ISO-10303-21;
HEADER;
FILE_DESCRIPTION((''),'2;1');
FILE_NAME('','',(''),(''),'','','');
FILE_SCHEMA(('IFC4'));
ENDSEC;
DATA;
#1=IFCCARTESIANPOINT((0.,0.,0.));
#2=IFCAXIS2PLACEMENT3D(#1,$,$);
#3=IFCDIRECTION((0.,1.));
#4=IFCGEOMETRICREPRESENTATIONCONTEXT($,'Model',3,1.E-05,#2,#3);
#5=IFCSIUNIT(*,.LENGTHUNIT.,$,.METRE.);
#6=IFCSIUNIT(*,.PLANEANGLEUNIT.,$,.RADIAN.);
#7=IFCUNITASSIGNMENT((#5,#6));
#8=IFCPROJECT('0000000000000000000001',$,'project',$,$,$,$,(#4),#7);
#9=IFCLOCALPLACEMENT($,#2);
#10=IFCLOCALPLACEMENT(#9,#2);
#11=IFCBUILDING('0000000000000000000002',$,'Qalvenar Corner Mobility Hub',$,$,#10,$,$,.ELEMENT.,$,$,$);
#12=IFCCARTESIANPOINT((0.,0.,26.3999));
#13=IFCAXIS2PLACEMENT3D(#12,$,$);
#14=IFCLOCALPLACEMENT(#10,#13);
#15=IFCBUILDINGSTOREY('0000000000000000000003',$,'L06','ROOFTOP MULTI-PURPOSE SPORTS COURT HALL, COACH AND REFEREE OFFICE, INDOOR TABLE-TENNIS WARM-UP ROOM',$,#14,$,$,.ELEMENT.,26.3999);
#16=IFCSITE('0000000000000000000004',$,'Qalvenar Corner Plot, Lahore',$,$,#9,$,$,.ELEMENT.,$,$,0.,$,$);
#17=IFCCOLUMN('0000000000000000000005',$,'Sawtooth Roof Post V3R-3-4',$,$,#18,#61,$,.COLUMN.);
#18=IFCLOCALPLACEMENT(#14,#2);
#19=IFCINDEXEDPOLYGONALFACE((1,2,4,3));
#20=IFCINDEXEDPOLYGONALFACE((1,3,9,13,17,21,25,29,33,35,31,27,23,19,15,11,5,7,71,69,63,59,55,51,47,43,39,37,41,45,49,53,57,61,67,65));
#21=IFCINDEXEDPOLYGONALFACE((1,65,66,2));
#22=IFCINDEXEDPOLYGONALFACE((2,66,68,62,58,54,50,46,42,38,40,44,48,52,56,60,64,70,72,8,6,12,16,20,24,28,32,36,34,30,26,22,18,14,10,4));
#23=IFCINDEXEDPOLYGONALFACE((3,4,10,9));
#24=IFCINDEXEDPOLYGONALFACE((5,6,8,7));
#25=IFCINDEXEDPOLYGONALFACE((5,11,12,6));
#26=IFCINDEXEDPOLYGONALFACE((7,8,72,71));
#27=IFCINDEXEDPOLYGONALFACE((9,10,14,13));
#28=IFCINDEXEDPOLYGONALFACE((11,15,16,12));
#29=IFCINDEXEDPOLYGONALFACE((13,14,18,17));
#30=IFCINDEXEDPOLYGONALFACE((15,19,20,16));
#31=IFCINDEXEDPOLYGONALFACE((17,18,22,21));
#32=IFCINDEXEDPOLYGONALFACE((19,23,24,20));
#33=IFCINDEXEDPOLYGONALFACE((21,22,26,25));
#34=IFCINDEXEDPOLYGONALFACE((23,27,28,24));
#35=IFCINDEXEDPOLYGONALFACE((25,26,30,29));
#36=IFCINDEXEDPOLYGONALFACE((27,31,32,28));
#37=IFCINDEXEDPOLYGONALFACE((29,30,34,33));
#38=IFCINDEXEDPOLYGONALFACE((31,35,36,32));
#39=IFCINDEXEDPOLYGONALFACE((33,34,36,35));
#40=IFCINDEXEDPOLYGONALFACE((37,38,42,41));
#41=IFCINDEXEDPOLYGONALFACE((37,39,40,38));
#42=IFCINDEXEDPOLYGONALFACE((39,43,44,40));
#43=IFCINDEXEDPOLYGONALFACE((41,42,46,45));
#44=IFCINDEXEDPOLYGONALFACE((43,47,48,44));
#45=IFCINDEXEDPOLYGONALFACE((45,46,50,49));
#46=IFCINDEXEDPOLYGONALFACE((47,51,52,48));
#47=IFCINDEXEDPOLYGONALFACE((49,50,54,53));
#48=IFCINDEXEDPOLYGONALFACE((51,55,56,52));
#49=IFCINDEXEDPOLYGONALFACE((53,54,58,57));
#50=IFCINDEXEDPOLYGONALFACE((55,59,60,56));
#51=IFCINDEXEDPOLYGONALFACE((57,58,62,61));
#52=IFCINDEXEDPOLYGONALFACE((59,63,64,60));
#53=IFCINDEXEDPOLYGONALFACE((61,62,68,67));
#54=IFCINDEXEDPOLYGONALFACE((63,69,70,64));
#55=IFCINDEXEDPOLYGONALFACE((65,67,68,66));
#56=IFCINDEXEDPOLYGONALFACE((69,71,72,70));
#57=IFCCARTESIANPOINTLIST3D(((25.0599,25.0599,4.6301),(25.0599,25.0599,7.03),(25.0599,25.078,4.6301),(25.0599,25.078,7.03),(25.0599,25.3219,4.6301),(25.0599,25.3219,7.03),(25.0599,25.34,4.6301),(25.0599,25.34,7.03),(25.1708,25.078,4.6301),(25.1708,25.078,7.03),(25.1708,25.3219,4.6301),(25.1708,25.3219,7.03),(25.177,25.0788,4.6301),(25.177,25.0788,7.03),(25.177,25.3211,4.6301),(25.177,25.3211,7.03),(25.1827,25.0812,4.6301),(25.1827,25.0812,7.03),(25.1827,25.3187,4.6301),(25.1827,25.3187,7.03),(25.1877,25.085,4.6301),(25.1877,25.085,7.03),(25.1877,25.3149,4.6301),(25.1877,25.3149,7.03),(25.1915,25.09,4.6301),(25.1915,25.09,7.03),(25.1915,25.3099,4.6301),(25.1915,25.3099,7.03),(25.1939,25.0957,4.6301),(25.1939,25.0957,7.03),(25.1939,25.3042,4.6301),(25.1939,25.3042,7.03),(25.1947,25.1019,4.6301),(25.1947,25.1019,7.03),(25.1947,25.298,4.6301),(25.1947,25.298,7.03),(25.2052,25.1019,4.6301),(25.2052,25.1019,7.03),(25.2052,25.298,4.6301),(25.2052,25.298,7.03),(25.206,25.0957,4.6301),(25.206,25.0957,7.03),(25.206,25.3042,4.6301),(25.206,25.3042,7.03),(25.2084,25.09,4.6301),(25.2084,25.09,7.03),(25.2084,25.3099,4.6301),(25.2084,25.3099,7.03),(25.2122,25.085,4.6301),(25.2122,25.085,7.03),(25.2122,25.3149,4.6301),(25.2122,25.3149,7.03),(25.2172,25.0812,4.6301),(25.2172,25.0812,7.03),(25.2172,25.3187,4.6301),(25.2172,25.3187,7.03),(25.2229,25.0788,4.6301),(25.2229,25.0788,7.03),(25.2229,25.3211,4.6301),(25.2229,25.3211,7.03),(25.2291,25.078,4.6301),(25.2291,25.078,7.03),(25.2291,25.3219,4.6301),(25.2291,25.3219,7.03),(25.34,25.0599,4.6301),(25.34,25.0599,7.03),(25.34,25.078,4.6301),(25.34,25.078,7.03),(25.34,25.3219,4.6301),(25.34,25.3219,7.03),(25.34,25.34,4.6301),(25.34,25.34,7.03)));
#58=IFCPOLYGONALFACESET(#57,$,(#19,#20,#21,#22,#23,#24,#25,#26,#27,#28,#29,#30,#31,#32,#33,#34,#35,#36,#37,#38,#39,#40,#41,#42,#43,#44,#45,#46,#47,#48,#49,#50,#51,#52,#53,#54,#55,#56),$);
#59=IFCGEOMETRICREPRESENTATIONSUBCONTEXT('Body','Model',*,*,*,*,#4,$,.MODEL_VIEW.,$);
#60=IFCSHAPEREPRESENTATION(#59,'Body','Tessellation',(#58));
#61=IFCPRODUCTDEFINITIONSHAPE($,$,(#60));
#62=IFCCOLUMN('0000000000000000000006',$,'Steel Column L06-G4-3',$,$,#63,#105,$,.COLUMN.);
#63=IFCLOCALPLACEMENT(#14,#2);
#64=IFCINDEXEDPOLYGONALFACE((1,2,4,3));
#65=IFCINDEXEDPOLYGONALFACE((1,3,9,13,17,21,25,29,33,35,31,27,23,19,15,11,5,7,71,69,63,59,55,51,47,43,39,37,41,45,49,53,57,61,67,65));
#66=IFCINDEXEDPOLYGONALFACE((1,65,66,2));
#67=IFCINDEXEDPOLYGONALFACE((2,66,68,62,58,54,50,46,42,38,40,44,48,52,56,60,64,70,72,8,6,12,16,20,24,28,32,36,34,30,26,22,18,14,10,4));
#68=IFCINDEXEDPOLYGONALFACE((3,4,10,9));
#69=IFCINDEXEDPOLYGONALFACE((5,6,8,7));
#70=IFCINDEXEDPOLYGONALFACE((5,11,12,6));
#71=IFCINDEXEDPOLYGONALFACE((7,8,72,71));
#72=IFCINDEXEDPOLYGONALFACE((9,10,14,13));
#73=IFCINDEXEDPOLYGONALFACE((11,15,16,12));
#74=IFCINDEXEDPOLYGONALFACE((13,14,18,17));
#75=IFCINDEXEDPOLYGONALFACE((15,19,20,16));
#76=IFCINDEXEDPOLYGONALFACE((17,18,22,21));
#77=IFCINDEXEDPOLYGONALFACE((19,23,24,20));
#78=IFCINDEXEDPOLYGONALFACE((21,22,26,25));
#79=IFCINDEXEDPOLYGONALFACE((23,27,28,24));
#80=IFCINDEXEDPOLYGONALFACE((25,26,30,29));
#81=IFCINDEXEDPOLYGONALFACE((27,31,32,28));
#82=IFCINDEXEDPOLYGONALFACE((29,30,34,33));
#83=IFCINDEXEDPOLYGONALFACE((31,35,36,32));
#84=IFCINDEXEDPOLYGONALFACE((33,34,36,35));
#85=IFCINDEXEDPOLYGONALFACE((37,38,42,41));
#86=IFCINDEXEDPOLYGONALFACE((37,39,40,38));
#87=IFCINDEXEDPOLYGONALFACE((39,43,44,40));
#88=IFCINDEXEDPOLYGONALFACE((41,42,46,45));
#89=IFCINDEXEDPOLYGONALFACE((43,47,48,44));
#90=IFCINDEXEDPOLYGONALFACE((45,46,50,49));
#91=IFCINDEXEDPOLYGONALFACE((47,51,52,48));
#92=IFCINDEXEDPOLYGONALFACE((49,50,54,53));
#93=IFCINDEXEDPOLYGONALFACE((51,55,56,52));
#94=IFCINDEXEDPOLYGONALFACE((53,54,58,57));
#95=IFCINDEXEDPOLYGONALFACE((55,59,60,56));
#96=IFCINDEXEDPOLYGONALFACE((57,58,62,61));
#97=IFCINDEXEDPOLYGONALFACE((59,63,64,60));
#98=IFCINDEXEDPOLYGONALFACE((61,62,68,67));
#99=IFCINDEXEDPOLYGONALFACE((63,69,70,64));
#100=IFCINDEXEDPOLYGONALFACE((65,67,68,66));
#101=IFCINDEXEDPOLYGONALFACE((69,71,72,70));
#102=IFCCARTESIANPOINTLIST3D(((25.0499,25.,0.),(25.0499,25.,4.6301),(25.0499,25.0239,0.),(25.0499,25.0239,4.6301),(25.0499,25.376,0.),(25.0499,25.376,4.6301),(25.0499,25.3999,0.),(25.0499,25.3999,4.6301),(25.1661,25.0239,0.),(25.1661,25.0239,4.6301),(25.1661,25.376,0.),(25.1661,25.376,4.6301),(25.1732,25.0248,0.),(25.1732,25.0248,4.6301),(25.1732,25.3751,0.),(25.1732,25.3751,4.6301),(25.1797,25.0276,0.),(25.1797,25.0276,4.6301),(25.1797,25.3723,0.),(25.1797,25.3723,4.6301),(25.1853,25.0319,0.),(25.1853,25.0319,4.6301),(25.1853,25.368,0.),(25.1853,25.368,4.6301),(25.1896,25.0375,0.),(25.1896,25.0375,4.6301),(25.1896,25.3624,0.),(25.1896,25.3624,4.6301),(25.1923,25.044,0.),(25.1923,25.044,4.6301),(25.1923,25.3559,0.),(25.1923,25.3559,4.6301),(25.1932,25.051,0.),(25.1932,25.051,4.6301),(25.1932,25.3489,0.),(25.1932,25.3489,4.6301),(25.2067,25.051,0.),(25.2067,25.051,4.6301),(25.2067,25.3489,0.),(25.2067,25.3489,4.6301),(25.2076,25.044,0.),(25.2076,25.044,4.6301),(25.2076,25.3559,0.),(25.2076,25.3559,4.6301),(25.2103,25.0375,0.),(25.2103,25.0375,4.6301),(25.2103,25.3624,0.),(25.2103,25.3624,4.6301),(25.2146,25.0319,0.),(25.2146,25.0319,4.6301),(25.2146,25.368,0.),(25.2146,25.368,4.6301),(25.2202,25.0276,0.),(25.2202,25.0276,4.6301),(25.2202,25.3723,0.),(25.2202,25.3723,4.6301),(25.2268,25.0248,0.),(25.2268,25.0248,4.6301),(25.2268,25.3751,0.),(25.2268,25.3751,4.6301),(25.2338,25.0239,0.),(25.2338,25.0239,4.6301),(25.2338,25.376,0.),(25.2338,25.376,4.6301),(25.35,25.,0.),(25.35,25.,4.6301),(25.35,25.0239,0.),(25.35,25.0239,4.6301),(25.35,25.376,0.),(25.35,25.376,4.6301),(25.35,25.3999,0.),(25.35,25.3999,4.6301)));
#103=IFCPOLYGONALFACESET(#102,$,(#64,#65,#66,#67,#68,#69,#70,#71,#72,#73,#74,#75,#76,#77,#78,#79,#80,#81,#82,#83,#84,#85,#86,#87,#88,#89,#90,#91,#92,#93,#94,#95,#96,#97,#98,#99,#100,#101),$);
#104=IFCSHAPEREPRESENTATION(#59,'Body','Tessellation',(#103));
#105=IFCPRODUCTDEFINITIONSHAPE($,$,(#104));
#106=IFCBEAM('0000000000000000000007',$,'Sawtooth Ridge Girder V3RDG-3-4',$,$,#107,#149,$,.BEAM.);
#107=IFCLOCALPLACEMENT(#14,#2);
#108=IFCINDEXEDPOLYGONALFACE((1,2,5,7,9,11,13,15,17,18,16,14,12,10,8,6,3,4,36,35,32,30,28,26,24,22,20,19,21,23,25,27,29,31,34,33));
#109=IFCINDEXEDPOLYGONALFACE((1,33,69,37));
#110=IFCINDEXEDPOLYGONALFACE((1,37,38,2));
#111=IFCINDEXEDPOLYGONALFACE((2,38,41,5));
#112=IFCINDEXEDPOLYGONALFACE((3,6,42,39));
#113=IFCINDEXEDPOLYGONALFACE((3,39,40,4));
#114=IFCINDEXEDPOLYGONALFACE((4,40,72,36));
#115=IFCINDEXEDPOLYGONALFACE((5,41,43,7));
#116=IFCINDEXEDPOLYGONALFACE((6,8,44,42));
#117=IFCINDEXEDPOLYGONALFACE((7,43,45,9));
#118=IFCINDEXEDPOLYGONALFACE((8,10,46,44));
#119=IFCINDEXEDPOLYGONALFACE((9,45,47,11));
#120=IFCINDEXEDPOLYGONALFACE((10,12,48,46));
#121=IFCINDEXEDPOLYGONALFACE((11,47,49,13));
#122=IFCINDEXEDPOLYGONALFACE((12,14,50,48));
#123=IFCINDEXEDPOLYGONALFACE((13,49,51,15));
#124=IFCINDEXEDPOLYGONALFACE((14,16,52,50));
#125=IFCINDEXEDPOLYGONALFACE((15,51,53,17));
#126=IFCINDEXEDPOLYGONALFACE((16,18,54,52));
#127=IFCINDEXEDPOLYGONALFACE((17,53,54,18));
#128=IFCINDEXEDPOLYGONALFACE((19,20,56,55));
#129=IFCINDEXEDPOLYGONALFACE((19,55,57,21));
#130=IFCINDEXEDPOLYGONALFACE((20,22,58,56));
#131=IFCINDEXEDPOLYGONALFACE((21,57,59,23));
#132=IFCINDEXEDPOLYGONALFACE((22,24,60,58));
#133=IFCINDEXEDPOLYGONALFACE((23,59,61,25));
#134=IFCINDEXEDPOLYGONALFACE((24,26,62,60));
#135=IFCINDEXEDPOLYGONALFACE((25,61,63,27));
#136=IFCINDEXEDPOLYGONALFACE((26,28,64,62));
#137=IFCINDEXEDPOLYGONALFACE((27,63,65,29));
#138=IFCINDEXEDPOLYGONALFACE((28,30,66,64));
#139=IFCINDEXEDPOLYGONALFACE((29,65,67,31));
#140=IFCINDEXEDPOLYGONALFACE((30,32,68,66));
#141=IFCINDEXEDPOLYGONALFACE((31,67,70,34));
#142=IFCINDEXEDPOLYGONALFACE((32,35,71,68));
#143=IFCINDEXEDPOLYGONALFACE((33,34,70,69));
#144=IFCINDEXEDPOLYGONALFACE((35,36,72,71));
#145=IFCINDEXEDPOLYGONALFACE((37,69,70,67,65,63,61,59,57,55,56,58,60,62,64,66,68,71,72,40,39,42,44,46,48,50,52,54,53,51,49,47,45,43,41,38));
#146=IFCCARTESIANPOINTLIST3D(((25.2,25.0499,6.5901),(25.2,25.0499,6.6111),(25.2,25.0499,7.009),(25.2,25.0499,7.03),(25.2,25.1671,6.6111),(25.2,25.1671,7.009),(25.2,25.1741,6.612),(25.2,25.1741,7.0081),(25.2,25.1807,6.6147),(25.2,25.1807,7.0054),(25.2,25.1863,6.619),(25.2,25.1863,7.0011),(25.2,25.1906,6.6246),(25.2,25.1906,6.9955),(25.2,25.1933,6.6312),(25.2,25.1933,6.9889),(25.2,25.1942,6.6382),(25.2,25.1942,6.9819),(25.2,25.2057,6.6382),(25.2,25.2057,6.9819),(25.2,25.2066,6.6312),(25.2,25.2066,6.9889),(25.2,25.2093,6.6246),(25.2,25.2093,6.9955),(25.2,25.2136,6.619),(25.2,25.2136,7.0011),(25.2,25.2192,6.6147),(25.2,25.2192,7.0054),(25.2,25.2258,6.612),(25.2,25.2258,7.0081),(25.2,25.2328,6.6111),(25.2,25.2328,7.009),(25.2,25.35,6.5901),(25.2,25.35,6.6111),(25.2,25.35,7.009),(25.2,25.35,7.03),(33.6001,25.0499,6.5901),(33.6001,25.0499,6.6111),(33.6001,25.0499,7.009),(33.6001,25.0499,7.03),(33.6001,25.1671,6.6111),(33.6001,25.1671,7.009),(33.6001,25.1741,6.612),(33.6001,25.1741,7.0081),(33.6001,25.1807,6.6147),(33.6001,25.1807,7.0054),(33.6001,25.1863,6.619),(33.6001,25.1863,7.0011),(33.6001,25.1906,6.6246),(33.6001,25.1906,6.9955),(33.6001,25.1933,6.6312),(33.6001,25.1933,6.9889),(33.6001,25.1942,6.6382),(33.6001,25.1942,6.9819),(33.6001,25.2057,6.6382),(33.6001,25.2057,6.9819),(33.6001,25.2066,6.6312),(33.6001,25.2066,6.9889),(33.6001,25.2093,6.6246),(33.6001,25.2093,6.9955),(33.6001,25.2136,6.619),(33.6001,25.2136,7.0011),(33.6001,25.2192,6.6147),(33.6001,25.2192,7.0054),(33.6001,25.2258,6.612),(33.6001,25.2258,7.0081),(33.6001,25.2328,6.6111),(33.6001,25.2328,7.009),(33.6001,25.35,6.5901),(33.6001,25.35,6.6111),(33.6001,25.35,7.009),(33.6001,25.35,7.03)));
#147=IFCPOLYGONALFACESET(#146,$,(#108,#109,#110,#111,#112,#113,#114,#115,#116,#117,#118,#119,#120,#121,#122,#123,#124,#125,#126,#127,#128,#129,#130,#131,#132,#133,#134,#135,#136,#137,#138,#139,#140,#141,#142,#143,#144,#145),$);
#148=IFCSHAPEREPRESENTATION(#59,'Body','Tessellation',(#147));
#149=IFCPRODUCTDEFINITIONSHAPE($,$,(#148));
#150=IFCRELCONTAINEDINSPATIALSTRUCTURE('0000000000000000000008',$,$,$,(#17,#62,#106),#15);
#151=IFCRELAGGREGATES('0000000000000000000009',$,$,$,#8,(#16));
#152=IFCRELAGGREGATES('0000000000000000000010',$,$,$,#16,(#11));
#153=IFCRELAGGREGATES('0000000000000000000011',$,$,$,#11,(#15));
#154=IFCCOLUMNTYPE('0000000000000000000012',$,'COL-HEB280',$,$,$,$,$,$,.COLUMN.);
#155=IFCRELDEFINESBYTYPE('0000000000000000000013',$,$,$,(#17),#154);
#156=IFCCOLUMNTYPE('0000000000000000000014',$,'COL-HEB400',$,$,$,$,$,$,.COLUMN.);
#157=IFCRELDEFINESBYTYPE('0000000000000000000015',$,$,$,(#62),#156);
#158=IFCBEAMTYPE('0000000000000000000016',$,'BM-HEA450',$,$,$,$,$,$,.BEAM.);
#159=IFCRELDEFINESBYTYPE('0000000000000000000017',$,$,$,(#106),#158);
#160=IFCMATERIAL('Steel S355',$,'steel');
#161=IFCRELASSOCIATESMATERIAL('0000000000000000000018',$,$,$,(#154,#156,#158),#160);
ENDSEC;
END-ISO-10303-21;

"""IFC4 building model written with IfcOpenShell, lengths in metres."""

from ifc_helpers import new_model, si_unit, direction, frame, origin, origin_2d, place, context, subcontext, project, spatial, i_section, extrude, material, material_profile, profile_set, type_object, element, save


model = new_model("IFC4")

# Units and contexts
model_context = context("Model", 3, precision=1e-05, world=origin(), true_north=direction((0.0, 1.0)))
body_context = subcontext(model_context, "Body", "Model", "MODEL_VIEW")
ifc_project = project(units=[si_unit("LENGTHUNIT", "METRE"), si_unit("PLANEANGLEUNIT", "RADIAN")], contexts=[model_context])

# Site, building, storey
site_placement = place(None, origin())
site = spatial("IfcSite", under=ifc_project, at=site_placement, Name="Qalvenar Corner Plot, Lahore", CompositionType="ELEMENT", RefElevation=0.0)
building_placement = place(site_placement, origin())
building = spatial("IfcBuilding", under=site, at=building_placement, Name="Qalvenar Corner Mobility Hub", CompositionType="ELEMENT")
storey_placement = place(building_placement, frame((0.0, 0.0, 26.3999)))
storey = spatial("IfcBuildingStorey", under=building, at=storey_placement, Name="L06", Description="ROOFTOP MULTI-PURPOSE SPORTS COURT HALL, COACH AND REFEREE OFFICE, INDOOR TABLE-TENNIS WARM-UP ROOM", CompositionType="ELEMENT", Elevation=26.3999)

# Columns
ifc_material_1 = material(Name="Steel S355", Category="steel")
ifc_material_profile_1 = material_profile(ifc_material_1, i_section(OverallWidth=0.28, OverallDepth=0.28, WebThickness=0.0105, FlangeThickness=0.0181, FilletRadius=0.0239, at=origin_2d()), Name="HEB280")
ifc_profile_set_1 = profile_set([ifc_material_profile_1], Name="Steel S355")
column_type_1 = type_object("IfcColumnType", Name="COL-HEB280", PredefinedType="COLUMN", material=ifc_profile_set_1)
column_1_placement = place(storey_placement, frame((25.2, 25.2, 4.6301), z_axis=(0.0, 0.0, 1.0), x_axis=(1.0, 0.0, 0.0)))
element("IfcColumn", 1, at=column_1_placement, inside=storey, type_object=column_type_1, Name="Sawtooth Roof Post V3R-3-4", PredefinedType="COLUMN", context=body_context, shape_type="SweptSolid", body=[
    extrude(i_section(OverallWidth=0.28, OverallDepth=0.28, WebThickness=0.0105, FlangeThickness=0.0181, FilletRadius=0.0239, at=origin_2d()), origin(), (0.0, 0.0, 1.0), 2.3999),
])
ifc_material_profile_2 = material_profile(ifc_material_1, i_section(OverallWidth=0.3, OverallDepth=0.3999, WebThickness=0.0134, FlangeThickness=0.0239, FilletRadius=0.0271, at=origin_2d()), Name="HEB400")
ifc_profile_set_2 = profile_set([ifc_material_profile_2], Name="Steel S355")
column_type_2 = type_object("IfcColumnType", Name="COL-HEB400", PredefinedType="COLUMN", material=ifc_profile_set_2)
column_2_placement = place(storey_placement, frame((25.2, 25.2, 0.0), z_axis=(0.0, 0.0, 1.0), x_axis=(1.0, 0.0, 0.0)))
element("IfcColumn", 2, at=column_2_placement, inside=storey, type_object=column_type_2, Name="Steel Column L06-G4-3", PredefinedType="COLUMN", context=body_context, shape_type="SweptSolid", body=[
    extrude(i_section(OverallWidth=0.3, OverallDepth=0.3999, WebThickness=0.0134, FlangeThickness=0.0239, FilletRadius=0.0271, at=origin_2d()), origin(), (0.0, 0.0, 1.0), 4.6301),
])

# Beam
ifc_material_profile_3 = material_profile(ifc_material_1, i_section(OverallWidth=0.3, OverallDepth=0.4399, WebThickness=0.0115, FlangeThickness=0.021, FilletRadius=0.0271, at=origin_2d()), Name="HEA450")
ifc_profile_set_3 = profile_set([ifc_material_profile_3], Name="Steel S355")
beam_type_1 = type_object("IfcBeamType", Name="BM-HEA450", PredefinedType="BEAM", material=ifc_profile_set_3)
beam_1_placement = place(storey_placement, frame((25.2, 25.2, 6.8101), z_axis=(1.0, 0.0, 0.0), x_axis=(0.0, 1.0, 0.0)))
element("IfcBeam", 3, at=beam_1_placement, inside=storey, type_object=beam_type_1, Name="Sawtooth Ridge Girder V3RDG-3-4", PredefinedType="BEAM", context=body_context, shape_type="SweptSolid", body=[
    extrude(i_section(OverallWidth=0.3, OverallDepth=0.4399, WebThickness=0.0115, FlangeThickness=0.021, FilletRadius=0.0271, at=origin_2d()), origin(), (0.0, 0.0, 1.0), 8.4001),
])

save(model, "model.ifc")
